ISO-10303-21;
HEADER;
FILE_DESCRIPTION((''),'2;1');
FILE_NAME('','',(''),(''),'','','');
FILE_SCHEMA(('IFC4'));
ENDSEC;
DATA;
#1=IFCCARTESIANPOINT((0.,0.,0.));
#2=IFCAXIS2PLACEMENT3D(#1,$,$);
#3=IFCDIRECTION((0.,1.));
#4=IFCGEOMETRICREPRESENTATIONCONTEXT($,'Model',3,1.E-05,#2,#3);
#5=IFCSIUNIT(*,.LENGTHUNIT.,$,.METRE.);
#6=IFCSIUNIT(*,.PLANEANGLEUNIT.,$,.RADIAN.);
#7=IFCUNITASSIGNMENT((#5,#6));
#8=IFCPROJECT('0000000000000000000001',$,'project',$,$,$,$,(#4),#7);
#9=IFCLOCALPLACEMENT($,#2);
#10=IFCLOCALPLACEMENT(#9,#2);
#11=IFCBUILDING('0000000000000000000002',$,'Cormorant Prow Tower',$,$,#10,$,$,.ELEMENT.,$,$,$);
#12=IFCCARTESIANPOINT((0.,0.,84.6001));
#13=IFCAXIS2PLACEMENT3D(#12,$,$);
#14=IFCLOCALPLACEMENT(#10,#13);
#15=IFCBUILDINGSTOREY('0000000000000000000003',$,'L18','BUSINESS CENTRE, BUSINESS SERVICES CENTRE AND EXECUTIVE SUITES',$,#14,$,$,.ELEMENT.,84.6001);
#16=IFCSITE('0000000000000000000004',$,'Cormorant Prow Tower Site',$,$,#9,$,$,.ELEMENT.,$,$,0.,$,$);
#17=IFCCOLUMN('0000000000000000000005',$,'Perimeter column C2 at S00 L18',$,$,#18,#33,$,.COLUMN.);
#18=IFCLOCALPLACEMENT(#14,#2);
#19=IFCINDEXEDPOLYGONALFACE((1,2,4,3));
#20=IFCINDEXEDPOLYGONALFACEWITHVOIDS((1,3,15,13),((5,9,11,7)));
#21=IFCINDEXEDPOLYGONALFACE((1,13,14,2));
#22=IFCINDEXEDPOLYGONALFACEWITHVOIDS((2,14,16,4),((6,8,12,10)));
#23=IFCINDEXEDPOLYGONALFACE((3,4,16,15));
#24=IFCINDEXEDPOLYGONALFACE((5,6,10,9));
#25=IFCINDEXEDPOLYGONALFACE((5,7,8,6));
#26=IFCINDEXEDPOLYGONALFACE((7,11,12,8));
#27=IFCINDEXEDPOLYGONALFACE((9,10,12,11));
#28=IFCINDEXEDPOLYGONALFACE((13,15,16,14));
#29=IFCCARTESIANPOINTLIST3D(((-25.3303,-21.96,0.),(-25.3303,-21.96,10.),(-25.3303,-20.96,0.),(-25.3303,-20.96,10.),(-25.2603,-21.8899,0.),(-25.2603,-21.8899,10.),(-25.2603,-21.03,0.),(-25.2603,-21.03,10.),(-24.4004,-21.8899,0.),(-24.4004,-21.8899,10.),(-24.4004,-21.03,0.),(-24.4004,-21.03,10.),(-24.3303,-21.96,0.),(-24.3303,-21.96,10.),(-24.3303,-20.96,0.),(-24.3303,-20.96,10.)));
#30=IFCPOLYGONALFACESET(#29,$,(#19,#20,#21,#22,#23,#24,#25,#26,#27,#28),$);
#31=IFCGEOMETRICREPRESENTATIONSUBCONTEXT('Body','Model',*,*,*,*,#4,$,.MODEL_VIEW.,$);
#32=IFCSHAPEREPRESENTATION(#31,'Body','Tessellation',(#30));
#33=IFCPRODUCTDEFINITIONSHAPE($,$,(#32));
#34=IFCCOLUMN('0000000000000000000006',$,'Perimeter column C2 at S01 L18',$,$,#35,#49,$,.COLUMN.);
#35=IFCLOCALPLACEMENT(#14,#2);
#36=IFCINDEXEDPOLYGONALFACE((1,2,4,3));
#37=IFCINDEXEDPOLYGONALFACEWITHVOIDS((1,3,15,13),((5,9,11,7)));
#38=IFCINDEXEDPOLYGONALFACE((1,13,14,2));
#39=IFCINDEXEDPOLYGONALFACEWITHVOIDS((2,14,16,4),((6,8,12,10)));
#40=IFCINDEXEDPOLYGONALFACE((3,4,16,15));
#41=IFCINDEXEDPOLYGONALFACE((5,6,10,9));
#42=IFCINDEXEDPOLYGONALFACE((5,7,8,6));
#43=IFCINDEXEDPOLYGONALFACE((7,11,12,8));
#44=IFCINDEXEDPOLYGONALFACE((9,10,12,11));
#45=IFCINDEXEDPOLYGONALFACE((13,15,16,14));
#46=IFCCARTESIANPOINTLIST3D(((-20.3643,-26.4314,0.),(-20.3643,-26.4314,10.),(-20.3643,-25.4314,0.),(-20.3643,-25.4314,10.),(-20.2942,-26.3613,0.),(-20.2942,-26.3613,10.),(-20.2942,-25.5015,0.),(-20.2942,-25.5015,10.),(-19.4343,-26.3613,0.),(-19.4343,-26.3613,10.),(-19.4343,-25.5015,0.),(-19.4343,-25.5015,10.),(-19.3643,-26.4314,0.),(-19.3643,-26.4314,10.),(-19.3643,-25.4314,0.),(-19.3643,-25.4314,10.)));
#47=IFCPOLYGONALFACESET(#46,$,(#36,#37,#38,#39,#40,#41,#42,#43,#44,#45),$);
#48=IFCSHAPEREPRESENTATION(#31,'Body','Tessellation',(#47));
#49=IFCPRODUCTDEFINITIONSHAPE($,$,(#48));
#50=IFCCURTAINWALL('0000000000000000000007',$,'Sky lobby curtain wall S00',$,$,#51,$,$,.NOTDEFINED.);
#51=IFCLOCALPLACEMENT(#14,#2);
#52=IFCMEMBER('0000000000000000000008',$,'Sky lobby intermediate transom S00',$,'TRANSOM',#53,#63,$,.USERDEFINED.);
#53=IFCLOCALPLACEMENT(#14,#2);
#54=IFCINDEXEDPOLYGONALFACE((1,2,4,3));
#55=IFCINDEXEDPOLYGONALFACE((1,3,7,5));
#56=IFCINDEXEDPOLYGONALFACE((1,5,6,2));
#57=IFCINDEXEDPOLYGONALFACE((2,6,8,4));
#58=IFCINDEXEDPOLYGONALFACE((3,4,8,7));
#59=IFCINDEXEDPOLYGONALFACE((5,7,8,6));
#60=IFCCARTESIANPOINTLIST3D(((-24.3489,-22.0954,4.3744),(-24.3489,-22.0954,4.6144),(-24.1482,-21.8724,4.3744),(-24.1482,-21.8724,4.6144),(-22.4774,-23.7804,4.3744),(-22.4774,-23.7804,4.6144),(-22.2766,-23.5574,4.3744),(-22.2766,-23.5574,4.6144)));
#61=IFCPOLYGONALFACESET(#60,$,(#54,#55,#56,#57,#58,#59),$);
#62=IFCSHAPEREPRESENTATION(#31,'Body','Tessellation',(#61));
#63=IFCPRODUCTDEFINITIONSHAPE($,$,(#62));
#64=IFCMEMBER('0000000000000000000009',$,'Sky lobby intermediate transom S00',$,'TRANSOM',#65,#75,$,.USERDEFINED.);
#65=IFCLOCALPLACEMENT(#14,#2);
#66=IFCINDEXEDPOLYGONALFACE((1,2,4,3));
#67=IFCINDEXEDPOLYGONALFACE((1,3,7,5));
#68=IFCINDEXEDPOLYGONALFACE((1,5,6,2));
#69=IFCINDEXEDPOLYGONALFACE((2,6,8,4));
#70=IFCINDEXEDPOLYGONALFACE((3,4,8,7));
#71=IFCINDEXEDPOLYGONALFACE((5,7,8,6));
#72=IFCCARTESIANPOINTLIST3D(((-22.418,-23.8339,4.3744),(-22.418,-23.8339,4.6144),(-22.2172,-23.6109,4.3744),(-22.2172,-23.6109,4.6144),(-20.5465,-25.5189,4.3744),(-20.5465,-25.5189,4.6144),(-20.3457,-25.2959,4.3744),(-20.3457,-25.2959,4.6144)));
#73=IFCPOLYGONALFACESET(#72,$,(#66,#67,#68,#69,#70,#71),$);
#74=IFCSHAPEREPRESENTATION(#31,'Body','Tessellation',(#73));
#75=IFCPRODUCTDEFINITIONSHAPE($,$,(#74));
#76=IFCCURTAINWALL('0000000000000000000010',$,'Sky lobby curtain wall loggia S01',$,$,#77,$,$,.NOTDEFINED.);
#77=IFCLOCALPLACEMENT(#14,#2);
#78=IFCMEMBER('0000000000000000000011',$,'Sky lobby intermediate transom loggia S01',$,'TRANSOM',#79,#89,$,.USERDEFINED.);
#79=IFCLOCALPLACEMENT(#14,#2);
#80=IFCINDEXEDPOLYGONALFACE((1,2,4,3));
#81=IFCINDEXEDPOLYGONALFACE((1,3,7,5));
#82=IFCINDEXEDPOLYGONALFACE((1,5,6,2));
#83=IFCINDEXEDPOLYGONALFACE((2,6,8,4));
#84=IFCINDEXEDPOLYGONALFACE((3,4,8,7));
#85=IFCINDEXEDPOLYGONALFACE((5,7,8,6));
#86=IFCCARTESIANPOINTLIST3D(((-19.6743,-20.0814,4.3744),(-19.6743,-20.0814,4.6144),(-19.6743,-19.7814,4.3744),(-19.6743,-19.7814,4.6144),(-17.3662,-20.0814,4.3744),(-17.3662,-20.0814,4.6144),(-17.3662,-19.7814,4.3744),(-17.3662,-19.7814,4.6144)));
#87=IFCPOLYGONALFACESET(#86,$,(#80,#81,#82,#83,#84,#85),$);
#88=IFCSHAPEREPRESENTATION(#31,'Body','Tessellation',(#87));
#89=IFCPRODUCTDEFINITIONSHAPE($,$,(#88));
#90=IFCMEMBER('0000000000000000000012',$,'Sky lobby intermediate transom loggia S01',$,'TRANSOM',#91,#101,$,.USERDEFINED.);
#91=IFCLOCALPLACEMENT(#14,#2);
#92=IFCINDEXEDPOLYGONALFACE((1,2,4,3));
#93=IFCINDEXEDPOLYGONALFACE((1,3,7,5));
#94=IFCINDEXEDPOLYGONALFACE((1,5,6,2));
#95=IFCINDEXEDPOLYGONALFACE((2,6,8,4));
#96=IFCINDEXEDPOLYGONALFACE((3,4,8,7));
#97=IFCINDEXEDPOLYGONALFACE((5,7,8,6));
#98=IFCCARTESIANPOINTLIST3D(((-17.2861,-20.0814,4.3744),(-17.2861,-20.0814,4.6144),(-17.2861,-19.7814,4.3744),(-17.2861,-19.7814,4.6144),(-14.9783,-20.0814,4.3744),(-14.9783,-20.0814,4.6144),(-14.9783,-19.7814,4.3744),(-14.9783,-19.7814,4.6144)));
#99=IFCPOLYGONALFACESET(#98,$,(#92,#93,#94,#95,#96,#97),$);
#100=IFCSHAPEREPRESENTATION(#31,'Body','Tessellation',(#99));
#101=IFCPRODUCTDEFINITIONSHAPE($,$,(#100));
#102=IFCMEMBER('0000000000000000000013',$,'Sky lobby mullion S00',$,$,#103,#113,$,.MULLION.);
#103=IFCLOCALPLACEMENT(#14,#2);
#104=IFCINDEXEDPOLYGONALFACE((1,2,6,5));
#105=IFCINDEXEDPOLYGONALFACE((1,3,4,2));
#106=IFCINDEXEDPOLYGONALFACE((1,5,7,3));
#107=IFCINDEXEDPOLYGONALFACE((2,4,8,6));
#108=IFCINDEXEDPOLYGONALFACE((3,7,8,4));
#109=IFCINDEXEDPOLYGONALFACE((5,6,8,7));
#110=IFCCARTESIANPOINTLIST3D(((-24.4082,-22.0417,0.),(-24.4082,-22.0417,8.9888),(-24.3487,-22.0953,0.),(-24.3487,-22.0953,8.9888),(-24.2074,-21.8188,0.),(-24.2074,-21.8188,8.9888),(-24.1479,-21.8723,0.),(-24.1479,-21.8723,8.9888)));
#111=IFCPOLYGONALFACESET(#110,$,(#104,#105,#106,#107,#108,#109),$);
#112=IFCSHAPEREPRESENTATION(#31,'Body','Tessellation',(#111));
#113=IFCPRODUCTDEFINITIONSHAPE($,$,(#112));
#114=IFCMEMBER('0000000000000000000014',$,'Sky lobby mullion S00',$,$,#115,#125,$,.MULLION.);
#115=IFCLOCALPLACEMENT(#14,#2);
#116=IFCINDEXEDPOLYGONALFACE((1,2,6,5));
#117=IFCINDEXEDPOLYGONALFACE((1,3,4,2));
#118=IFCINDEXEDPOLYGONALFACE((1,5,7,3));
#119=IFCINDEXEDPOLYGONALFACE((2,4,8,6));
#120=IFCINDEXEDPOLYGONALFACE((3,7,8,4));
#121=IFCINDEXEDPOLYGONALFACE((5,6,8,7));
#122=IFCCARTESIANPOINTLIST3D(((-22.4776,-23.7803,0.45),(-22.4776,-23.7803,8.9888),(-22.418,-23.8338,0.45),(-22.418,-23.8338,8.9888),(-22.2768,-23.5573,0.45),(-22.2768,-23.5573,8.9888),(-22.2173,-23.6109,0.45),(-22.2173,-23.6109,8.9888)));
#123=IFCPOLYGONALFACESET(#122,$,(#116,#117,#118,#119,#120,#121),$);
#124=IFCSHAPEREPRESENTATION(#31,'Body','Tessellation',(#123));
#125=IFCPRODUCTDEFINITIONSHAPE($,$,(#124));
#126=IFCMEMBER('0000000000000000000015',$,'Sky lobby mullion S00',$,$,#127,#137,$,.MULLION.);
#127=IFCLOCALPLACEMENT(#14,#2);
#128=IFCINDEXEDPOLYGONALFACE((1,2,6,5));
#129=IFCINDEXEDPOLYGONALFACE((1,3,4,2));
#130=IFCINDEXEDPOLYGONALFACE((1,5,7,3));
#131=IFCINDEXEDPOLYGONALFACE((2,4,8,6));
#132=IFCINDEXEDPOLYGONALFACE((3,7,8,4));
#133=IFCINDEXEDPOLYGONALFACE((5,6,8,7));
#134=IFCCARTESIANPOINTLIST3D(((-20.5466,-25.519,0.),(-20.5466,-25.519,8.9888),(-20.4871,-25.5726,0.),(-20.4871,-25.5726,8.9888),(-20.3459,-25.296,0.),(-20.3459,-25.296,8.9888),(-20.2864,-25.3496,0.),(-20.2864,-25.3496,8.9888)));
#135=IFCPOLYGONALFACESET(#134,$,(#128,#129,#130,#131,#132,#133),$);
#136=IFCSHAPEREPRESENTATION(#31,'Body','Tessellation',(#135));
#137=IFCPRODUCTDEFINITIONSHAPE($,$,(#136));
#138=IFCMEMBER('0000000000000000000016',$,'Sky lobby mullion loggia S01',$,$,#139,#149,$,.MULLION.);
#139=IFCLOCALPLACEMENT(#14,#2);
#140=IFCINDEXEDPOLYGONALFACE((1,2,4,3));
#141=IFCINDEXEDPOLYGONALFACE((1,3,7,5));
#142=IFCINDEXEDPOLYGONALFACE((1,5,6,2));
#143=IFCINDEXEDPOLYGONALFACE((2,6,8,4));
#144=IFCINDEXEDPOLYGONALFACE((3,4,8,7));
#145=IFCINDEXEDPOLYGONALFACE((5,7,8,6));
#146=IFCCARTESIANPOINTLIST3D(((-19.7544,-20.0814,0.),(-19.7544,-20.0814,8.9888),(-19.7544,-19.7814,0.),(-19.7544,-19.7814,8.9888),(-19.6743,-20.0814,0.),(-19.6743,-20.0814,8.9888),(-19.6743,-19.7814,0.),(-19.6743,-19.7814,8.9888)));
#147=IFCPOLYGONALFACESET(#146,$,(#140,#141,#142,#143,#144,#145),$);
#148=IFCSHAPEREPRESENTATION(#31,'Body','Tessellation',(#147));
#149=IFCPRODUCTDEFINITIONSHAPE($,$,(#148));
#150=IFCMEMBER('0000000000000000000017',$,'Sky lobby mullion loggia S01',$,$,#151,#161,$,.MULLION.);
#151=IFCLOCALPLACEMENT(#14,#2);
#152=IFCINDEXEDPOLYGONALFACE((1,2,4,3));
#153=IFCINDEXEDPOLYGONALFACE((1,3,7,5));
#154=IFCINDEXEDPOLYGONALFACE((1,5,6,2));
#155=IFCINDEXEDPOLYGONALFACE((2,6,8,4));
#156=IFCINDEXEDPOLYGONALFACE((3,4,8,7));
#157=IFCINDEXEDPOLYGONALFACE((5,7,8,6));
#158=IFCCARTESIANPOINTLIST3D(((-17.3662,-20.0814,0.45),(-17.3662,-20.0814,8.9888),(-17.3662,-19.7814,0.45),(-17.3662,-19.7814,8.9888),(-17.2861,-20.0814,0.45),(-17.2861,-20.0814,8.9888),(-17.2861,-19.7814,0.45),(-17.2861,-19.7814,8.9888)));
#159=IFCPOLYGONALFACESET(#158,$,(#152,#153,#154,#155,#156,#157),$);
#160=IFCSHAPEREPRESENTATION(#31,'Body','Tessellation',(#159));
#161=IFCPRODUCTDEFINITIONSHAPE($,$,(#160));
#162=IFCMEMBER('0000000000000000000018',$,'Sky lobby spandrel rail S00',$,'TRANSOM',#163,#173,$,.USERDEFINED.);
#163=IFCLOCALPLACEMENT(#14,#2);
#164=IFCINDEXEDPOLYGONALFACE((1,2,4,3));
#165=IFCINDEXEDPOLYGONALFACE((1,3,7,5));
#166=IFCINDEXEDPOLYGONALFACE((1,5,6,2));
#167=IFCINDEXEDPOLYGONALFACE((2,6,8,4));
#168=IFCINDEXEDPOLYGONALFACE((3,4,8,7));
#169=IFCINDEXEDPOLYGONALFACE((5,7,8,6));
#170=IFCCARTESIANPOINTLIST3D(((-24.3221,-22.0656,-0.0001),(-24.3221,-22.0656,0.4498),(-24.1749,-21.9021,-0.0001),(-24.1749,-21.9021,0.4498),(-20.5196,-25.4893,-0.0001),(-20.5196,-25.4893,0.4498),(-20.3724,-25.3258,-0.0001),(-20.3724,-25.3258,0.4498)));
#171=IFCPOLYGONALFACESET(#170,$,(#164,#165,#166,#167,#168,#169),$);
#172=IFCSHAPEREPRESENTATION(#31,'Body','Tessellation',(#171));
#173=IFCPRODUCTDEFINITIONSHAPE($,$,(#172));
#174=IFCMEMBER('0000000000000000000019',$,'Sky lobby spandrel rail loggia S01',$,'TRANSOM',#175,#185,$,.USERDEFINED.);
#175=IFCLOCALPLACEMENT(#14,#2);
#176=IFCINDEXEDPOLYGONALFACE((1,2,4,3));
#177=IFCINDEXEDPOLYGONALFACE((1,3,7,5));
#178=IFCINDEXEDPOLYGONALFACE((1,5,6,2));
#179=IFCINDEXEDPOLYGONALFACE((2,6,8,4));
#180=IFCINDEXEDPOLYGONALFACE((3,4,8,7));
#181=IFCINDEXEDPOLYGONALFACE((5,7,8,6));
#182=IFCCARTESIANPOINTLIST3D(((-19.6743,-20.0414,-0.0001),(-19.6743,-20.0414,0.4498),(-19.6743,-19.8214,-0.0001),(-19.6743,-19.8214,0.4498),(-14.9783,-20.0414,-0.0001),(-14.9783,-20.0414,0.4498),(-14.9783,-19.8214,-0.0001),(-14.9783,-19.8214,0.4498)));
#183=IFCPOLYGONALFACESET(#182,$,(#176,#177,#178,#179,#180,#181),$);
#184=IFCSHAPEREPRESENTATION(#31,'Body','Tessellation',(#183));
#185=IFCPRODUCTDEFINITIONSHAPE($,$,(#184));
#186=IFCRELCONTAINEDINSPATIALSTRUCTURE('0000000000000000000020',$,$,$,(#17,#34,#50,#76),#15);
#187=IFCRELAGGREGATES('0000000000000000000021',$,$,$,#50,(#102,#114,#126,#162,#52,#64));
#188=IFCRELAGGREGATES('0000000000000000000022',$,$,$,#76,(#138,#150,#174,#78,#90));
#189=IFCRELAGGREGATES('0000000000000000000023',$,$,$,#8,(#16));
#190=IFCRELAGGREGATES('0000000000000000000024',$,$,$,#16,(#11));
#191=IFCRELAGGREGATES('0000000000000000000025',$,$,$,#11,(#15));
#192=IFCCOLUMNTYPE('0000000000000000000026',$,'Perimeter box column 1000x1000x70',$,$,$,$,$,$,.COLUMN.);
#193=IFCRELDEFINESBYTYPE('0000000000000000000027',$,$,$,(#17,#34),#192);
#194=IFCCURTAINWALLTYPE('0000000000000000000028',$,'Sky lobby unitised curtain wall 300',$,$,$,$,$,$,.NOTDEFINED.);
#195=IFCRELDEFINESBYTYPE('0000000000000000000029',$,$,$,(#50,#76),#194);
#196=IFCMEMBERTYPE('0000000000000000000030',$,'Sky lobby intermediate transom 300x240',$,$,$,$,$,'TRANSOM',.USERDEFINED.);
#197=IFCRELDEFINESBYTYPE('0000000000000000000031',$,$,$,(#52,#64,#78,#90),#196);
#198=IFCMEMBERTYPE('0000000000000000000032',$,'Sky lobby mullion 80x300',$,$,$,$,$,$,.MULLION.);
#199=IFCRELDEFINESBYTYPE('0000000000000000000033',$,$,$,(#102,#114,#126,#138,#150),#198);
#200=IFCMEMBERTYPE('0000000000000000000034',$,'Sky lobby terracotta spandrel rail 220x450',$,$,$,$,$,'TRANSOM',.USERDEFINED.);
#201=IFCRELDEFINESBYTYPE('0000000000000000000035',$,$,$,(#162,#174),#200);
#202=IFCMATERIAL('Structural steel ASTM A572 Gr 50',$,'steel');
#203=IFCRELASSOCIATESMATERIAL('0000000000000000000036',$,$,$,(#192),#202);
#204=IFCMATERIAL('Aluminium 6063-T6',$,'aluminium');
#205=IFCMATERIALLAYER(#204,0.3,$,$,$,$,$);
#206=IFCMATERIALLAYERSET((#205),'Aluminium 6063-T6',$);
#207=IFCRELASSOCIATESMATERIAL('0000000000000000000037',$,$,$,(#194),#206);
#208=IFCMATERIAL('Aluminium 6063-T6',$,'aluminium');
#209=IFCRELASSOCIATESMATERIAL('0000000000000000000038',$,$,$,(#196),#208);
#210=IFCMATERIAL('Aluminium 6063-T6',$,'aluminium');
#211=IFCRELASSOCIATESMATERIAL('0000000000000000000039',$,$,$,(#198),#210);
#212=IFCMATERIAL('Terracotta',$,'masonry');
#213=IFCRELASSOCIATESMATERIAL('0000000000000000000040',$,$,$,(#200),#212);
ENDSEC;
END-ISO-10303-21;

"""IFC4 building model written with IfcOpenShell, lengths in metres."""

from ifc_helpers import new_model, si_unit, direction, frame, origin, origin_2d, place, context, subcontext, project, spatial, rectangle, hollow_rectangle, extrude, material, layer, layer_set, material_profile, profile_set, type_object, element, aggregate, save


model = new_model("IFC4")

# Units and contexts
model_context = context("Model", 3, precision=1e-05, world=origin(), true_north=direction((0.0, 1.0)))
body_context = subcontext(model_context, "Body", "Model", "MODEL_VIEW")
ifc_project = project(units=[si_unit("LENGTHUNIT", "METRE"), si_unit("PLANEANGLEUNIT", "RADIAN")], contexts=[model_context])

# Site, building, storey
site_placement = place(None, origin())
site = spatial("IfcSite", under=ifc_project, at=site_placement, Name="Cormorant Prow Tower Site", CompositionType="ELEMENT", RefElevation=0.0)
building_placement = place(site_placement, origin())
building = spatial("IfcBuilding", under=site, at=building_placement, Name="Cormorant Prow Tower", CompositionType="ELEMENT")
storey_placement = place(building_placement, frame((0.0, 0.0, 84.6001)))
storey = spatial("IfcBuildingStorey", under=building, at=storey_placement, Name="L18", Description="BUSINESS CENTRE, BUSINESS SERVICES CENTRE AND EXECUTIVE SUITES", CompositionType="ELEMENT", Elevation=84.6001)

# Columns
ifc_material_1 = material(Name="Structural steel ASTM A572 Gr 50", Category="steel")
ifc_material_profile_1 = material_profile(ifc_material_1, hollow_rectangle(XDim=1.0, YDim=1.0, WallThickness=0.0701, at=origin_2d()), Name="Box 1000x1000x70")
ifc_profile_set_1 = profile_set([ifc_material_profile_1], Name="Structural steel ASTM A572 Gr 50")
column_type = type_object("IfcColumnType", Name="Perimeter box column 1000x1000x70", PredefinedType="COLUMN", material=ifc_profile_set_1)
for number, where, z_axis, x_axis, name in (
    (1, (-24.8303, -21.46, 0.0), (0.0, 0.0, 1.0), (1.0, 0.0, 0.0), "Perimeter column C2 at S00 L18"),
    (2, (-19.8643, -25.9314, 0.0), (0.0, 0.0, 1.0), (1.0, 0.0, 0.0), "Perimeter column C2 at S01 L18"),
):
    element("IfcColumn", number, at=place(storey_placement, frame(where, z_axis=z_axis, x_axis=x_axis)), inside=storey, type_object=column_type, Name=name, PredefinedType="COLUMN", context=body_context, shape_type="SweptSolid", body=[
        extrude(hollow_rectangle(XDim=1.0, YDim=1.0, WallThickness=0.0701, at=origin_2d()), origin(), (0.0, 0.0, 1.0), 10.0),
    ])

# Curtain walls, members
ifc_material_2 = material(Name="Aluminium 6063-T6", Category="aluminium")
ifc_layer_1 = layer(ifc_material_2, 0.3)
ifc_layer_set_1 = layer_set([ifc_layer_1], Name="Aluminium 6063-T6")
curtain_wall_type = type_object("IfcCurtainWallType", Name="Sky lobby unitised curtain wall 300", PredefinedType="NOTDEFINED", material=ifc_layer_set_1)
curtain_wall_1_placement = place(storey_placement, origin())
curtain_wall_1 = element("IfcCurtainWall", 3, at=curtain_wall_1_placement, inside=storey, type_object=curtain_wall_type, Name="Sky lobby curtain wall S00", PredefinedType="NOTDEFINED")
ifc_material_3 = material(Name="Aluminium 6063-T6", Category="aluminium")
ifc_material_profile_2 = material_profile(ifc_material_3, rectangle(XDim=0.3, YDim=0.24, at=origin_2d()), Name="Sky lobby intermediate transom 300x240")
ifc_profile_set_2 = profile_set([ifc_material_profile_2], Name="Aluminium 6063-T6")
member_type_1 = type_object("IfcMemberType", Name="Sky lobby intermediate transom 300x240", ElementType="TRANSOM", PredefinedType="USERDEFINED", material=ifc_profile_set_2)
member_1_placement = place(storey_placement, frame((-24.2485, -21.9839, 4.4944), z_axis=(0.743169, -0.669104, 0.0), x_axis=(0.669104, 0.743169, 0.0)))
member_1 = element("IfcMember", 4, at=member_1_placement, type_object=member_type_1, Name="Sky lobby intermediate transom S00", ObjectType="TRANSOM", PredefinedType="USERDEFINED", context=body_context, shape_type="SweptSolid", body=[
    extrude(rectangle(XDim=0.3, YDim=0.24, at=origin_2d()), origin(), (0.0, 0.0, 1.0), 2.5183),
])
member_2_placement = place(storey_placement, frame((-22.3176, -23.7224, 4.4944), z_axis=(0.743169, -0.669104, 0.0), x_axis=(0.669104, 0.743169, 0.0)))
member_2 = element("IfcMember", 5, at=member_2_placement, type_object=member_type_1, Name="Sky lobby intermediate transom S00", ObjectType="TRANSOM", PredefinedType="USERDEFINED", context=body_context, shape_type="SweptSolid", body=[
    extrude(rectangle(XDim=0.3, YDim=0.24, at=origin_2d()), origin(), (0.0, 0.0, 1.0), 2.5183),
])
curtain_wall_2_placement = place(storey_placement, origin())
curtain_wall_2 = element("IfcCurtainWall", 6, at=curtain_wall_2_placement, inside=storey, type_object=curtain_wall_type, Name="Sky lobby curtain wall loggia S01", PredefinedType="NOTDEFINED")
member_3_placement = place(storey_placement, frame((-19.6743, -19.9314, 4.4944), z_axis=(1.0, 0.0, 0.0), x_axis=(0.0, 1.0, 0.0)))
member_3 = element("IfcMember", 7, at=member_3_placement, type_object=member_type_1, Name="Sky lobby intermediate transom loggia S01", ObjectType="TRANSOM", PredefinedType="USERDEFINED", context=body_context, shape_type="SweptSolid", body=[
    extrude(rectangle(XDim=0.3, YDim=0.24, at=origin_2d()), origin(), (0.0, 0.0, 1.0), 2.3081),
])
member_4_placement = place(storey_placement, frame((-17.2861, -19.9314, 4.4944), z_axis=(1.0, 0.0, 0.0), x_axis=(0.0, 1.0, 0.0)))
member_4 = element("IfcMember", 8, at=member_4_placement, type_object=member_type_1, Name="Sky lobby intermediate transom loggia S01", ObjectType="TRANSOM", PredefinedType="USERDEFINED", context=body_context, shape_type="SweptSolid", body=[
    extrude(rectangle(XDim=0.3, YDim=0.24, at=origin_2d()), origin(), (0.0, 0.0, 1.0), 2.3079),
])

# Members
ifc_material_4 = material(Name="Aluminium 6063-T6", Category="aluminium")
ifc_material_profile_3 = material_profile(ifc_material_4, rectangle(XDim=0.3, YDim=0.0801, at=origin_2d()), Name="Sky lobby mullion 80x300")
ifc_profile_set_3 = profile_set([ifc_material_profile_3], Name="Aluminium 6063-T6")
member_type_2 = type_object("IfcMemberType", Name="Sky lobby mullion 80x300", PredefinedType="MULLION", material=ifc_profile_set_3)
member_5_placement = place(storey_placement, frame((-24.2781, -21.957, 0.0), z_axis=(0.0, 0.0, 1.0), x_axis=(0.669131, 0.743145, 0.0)))
member_5 = element("IfcMember", 9, at=member_5_placement, type_object=member_type_2, Name="Sky lobby mullion S00", PredefinedType="MULLION", context=body_context, shape_type="SweptSolid", body=[
    extrude(rectangle(XDim=0.3, YDim=0.0801, at=origin_2d()), origin(), (0.0, 0.0, 1.0), 8.9888),
])
member_6_placement = place(storey_placement, frame((-22.3474, -23.6956, 0.45), z_axis=(0.0, 0.0, 1.0), x_axis=(0.669131, 0.743145, 0.0)))
member_6 = element("IfcMember", 10, at=member_6_placement, type_object=member_type_2, Name="Sky lobby mullion S00", PredefinedType="MULLION", context=body_context, shape_type="SweptSolid", body=[
    extrude(rectangle(XDim=0.3, YDim=0.0801, at=origin_2d()), origin(), (0.0, 0.0, 1.0), 8.5388),
])
member_7_placement = place(storey_placement, frame((-20.4165, -25.4343, 0.0), z_axis=(0.0, 0.0, 1.0), x_axis=(0.669131, 0.743145, 0.0)))
member_7 = element("IfcMember", 11, at=member_7_placement, type_object=member_type_2, Name="Sky lobby mullion S00", PredefinedType="MULLION", context=body_context, shape_type="SweptSolid", body=[
    extrude(rectangle(XDim=0.3, YDim=0.0801, at=origin_2d()), origin(), (0.0, 0.0, 1.0), 8.9888),
])
member_8_placement = place(storey_placement, frame((-19.7144, -19.9314, 0.0), z_axis=(0.0, 0.0, 1.0), x_axis=(0.0, 1.0, 0.0)))
member_8 = element("IfcMember", 12, at=member_8_placement, type_object=member_type_2, Name="Sky lobby mullion loggia S01", PredefinedType="MULLION", context=body_context, shape_type="SweptSolid", body=[
    extrude(rectangle(XDim=0.3, YDim=0.0801, at=origin_2d()), origin(), (0.0, 0.0, 1.0), 8.9888),
])
member_9_placement = place(storey_placement, frame((-17.3262, -19.9314, 0.45), z_axis=(0.0, 0.0, 1.0), x_axis=(0.0, 1.0, 0.0)))
member_9 = element("IfcMember", 13, at=member_9_placement, type_object=member_type_2, Name="Sky lobby mullion loggia S01", PredefinedType="MULLION", context=body_context, shape_type="SweptSolid", body=[
    extrude(rectangle(XDim=0.3, YDim=0.0801, at=origin_2d()), origin(), (0.0, 0.0, 1.0), 8.5388),
])
ifc_material_5 = material(Name="Terracotta", Category="masonry")
ifc_material_profile_4 = material_profile(ifc_material_5, rectangle(XDim=0.22, YDim=0.45, at=origin_2d()), Name="Sky lobby terracotta spandrel rail 220x450")
ifc_profile_set_4 = profile_set([ifc_material_profile_4], Name="Terracotta")
member_type_3 = type_object("IfcMemberType", Name="Sky lobby terracotta spandrel rail 220x450", ElementType="TRANSOM", PredefinedType="USERDEFINED", material=ifc_profile_set_4)
member_10_placement = place(storey_placement, frame((-24.2485, -21.9839, 0.2249), z_axis=(0.743164, -0.66911, 0.0), x_axis=(0.66911, 0.743164, 0.0)))
member_10 = element("IfcMember", 14, at=member_10_placement, type_object=member_type_3, Name="Sky lobby spandrel rail S00", ObjectType="TRANSOM", PredefinedType="USERDEFINED", context=body_context, shape_type="SweptSolid", body=[
    extrude(rectangle(XDim=0.22, YDim=0.45, at=origin_2d()), origin(), (0.0, 0.0, 1.0), 5.1167),
])
member_11_placement = place(storey_placement, frame((-19.6743, -19.9314, 0.2249), z_axis=(1.0, 0.0, 0.0), x_axis=(0.0, 1.0, 0.0)))
member_11 = element("IfcMember", 15, at=member_11_placement, type_object=member_type_3, Name="Sky lobby spandrel rail loggia S01", ObjectType="TRANSOM", PredefinedType="USERDEFINED", context=body_context, shape_type="SweptSolid", body=[
    extrude(rectangle(XDim=0.22, YDim=0.45, at=origin_2d()), origin(), (0.0, 0.0, 1.0), 4.696),
])

aggregate(curtain_wall_1, [member_5, member_6, member_7, member_10, member_1, member_2])
aggregate(curtain_wall_2, [member_8, member_9, member_11, member_3, member_4])

save(model, "model.ifc")
